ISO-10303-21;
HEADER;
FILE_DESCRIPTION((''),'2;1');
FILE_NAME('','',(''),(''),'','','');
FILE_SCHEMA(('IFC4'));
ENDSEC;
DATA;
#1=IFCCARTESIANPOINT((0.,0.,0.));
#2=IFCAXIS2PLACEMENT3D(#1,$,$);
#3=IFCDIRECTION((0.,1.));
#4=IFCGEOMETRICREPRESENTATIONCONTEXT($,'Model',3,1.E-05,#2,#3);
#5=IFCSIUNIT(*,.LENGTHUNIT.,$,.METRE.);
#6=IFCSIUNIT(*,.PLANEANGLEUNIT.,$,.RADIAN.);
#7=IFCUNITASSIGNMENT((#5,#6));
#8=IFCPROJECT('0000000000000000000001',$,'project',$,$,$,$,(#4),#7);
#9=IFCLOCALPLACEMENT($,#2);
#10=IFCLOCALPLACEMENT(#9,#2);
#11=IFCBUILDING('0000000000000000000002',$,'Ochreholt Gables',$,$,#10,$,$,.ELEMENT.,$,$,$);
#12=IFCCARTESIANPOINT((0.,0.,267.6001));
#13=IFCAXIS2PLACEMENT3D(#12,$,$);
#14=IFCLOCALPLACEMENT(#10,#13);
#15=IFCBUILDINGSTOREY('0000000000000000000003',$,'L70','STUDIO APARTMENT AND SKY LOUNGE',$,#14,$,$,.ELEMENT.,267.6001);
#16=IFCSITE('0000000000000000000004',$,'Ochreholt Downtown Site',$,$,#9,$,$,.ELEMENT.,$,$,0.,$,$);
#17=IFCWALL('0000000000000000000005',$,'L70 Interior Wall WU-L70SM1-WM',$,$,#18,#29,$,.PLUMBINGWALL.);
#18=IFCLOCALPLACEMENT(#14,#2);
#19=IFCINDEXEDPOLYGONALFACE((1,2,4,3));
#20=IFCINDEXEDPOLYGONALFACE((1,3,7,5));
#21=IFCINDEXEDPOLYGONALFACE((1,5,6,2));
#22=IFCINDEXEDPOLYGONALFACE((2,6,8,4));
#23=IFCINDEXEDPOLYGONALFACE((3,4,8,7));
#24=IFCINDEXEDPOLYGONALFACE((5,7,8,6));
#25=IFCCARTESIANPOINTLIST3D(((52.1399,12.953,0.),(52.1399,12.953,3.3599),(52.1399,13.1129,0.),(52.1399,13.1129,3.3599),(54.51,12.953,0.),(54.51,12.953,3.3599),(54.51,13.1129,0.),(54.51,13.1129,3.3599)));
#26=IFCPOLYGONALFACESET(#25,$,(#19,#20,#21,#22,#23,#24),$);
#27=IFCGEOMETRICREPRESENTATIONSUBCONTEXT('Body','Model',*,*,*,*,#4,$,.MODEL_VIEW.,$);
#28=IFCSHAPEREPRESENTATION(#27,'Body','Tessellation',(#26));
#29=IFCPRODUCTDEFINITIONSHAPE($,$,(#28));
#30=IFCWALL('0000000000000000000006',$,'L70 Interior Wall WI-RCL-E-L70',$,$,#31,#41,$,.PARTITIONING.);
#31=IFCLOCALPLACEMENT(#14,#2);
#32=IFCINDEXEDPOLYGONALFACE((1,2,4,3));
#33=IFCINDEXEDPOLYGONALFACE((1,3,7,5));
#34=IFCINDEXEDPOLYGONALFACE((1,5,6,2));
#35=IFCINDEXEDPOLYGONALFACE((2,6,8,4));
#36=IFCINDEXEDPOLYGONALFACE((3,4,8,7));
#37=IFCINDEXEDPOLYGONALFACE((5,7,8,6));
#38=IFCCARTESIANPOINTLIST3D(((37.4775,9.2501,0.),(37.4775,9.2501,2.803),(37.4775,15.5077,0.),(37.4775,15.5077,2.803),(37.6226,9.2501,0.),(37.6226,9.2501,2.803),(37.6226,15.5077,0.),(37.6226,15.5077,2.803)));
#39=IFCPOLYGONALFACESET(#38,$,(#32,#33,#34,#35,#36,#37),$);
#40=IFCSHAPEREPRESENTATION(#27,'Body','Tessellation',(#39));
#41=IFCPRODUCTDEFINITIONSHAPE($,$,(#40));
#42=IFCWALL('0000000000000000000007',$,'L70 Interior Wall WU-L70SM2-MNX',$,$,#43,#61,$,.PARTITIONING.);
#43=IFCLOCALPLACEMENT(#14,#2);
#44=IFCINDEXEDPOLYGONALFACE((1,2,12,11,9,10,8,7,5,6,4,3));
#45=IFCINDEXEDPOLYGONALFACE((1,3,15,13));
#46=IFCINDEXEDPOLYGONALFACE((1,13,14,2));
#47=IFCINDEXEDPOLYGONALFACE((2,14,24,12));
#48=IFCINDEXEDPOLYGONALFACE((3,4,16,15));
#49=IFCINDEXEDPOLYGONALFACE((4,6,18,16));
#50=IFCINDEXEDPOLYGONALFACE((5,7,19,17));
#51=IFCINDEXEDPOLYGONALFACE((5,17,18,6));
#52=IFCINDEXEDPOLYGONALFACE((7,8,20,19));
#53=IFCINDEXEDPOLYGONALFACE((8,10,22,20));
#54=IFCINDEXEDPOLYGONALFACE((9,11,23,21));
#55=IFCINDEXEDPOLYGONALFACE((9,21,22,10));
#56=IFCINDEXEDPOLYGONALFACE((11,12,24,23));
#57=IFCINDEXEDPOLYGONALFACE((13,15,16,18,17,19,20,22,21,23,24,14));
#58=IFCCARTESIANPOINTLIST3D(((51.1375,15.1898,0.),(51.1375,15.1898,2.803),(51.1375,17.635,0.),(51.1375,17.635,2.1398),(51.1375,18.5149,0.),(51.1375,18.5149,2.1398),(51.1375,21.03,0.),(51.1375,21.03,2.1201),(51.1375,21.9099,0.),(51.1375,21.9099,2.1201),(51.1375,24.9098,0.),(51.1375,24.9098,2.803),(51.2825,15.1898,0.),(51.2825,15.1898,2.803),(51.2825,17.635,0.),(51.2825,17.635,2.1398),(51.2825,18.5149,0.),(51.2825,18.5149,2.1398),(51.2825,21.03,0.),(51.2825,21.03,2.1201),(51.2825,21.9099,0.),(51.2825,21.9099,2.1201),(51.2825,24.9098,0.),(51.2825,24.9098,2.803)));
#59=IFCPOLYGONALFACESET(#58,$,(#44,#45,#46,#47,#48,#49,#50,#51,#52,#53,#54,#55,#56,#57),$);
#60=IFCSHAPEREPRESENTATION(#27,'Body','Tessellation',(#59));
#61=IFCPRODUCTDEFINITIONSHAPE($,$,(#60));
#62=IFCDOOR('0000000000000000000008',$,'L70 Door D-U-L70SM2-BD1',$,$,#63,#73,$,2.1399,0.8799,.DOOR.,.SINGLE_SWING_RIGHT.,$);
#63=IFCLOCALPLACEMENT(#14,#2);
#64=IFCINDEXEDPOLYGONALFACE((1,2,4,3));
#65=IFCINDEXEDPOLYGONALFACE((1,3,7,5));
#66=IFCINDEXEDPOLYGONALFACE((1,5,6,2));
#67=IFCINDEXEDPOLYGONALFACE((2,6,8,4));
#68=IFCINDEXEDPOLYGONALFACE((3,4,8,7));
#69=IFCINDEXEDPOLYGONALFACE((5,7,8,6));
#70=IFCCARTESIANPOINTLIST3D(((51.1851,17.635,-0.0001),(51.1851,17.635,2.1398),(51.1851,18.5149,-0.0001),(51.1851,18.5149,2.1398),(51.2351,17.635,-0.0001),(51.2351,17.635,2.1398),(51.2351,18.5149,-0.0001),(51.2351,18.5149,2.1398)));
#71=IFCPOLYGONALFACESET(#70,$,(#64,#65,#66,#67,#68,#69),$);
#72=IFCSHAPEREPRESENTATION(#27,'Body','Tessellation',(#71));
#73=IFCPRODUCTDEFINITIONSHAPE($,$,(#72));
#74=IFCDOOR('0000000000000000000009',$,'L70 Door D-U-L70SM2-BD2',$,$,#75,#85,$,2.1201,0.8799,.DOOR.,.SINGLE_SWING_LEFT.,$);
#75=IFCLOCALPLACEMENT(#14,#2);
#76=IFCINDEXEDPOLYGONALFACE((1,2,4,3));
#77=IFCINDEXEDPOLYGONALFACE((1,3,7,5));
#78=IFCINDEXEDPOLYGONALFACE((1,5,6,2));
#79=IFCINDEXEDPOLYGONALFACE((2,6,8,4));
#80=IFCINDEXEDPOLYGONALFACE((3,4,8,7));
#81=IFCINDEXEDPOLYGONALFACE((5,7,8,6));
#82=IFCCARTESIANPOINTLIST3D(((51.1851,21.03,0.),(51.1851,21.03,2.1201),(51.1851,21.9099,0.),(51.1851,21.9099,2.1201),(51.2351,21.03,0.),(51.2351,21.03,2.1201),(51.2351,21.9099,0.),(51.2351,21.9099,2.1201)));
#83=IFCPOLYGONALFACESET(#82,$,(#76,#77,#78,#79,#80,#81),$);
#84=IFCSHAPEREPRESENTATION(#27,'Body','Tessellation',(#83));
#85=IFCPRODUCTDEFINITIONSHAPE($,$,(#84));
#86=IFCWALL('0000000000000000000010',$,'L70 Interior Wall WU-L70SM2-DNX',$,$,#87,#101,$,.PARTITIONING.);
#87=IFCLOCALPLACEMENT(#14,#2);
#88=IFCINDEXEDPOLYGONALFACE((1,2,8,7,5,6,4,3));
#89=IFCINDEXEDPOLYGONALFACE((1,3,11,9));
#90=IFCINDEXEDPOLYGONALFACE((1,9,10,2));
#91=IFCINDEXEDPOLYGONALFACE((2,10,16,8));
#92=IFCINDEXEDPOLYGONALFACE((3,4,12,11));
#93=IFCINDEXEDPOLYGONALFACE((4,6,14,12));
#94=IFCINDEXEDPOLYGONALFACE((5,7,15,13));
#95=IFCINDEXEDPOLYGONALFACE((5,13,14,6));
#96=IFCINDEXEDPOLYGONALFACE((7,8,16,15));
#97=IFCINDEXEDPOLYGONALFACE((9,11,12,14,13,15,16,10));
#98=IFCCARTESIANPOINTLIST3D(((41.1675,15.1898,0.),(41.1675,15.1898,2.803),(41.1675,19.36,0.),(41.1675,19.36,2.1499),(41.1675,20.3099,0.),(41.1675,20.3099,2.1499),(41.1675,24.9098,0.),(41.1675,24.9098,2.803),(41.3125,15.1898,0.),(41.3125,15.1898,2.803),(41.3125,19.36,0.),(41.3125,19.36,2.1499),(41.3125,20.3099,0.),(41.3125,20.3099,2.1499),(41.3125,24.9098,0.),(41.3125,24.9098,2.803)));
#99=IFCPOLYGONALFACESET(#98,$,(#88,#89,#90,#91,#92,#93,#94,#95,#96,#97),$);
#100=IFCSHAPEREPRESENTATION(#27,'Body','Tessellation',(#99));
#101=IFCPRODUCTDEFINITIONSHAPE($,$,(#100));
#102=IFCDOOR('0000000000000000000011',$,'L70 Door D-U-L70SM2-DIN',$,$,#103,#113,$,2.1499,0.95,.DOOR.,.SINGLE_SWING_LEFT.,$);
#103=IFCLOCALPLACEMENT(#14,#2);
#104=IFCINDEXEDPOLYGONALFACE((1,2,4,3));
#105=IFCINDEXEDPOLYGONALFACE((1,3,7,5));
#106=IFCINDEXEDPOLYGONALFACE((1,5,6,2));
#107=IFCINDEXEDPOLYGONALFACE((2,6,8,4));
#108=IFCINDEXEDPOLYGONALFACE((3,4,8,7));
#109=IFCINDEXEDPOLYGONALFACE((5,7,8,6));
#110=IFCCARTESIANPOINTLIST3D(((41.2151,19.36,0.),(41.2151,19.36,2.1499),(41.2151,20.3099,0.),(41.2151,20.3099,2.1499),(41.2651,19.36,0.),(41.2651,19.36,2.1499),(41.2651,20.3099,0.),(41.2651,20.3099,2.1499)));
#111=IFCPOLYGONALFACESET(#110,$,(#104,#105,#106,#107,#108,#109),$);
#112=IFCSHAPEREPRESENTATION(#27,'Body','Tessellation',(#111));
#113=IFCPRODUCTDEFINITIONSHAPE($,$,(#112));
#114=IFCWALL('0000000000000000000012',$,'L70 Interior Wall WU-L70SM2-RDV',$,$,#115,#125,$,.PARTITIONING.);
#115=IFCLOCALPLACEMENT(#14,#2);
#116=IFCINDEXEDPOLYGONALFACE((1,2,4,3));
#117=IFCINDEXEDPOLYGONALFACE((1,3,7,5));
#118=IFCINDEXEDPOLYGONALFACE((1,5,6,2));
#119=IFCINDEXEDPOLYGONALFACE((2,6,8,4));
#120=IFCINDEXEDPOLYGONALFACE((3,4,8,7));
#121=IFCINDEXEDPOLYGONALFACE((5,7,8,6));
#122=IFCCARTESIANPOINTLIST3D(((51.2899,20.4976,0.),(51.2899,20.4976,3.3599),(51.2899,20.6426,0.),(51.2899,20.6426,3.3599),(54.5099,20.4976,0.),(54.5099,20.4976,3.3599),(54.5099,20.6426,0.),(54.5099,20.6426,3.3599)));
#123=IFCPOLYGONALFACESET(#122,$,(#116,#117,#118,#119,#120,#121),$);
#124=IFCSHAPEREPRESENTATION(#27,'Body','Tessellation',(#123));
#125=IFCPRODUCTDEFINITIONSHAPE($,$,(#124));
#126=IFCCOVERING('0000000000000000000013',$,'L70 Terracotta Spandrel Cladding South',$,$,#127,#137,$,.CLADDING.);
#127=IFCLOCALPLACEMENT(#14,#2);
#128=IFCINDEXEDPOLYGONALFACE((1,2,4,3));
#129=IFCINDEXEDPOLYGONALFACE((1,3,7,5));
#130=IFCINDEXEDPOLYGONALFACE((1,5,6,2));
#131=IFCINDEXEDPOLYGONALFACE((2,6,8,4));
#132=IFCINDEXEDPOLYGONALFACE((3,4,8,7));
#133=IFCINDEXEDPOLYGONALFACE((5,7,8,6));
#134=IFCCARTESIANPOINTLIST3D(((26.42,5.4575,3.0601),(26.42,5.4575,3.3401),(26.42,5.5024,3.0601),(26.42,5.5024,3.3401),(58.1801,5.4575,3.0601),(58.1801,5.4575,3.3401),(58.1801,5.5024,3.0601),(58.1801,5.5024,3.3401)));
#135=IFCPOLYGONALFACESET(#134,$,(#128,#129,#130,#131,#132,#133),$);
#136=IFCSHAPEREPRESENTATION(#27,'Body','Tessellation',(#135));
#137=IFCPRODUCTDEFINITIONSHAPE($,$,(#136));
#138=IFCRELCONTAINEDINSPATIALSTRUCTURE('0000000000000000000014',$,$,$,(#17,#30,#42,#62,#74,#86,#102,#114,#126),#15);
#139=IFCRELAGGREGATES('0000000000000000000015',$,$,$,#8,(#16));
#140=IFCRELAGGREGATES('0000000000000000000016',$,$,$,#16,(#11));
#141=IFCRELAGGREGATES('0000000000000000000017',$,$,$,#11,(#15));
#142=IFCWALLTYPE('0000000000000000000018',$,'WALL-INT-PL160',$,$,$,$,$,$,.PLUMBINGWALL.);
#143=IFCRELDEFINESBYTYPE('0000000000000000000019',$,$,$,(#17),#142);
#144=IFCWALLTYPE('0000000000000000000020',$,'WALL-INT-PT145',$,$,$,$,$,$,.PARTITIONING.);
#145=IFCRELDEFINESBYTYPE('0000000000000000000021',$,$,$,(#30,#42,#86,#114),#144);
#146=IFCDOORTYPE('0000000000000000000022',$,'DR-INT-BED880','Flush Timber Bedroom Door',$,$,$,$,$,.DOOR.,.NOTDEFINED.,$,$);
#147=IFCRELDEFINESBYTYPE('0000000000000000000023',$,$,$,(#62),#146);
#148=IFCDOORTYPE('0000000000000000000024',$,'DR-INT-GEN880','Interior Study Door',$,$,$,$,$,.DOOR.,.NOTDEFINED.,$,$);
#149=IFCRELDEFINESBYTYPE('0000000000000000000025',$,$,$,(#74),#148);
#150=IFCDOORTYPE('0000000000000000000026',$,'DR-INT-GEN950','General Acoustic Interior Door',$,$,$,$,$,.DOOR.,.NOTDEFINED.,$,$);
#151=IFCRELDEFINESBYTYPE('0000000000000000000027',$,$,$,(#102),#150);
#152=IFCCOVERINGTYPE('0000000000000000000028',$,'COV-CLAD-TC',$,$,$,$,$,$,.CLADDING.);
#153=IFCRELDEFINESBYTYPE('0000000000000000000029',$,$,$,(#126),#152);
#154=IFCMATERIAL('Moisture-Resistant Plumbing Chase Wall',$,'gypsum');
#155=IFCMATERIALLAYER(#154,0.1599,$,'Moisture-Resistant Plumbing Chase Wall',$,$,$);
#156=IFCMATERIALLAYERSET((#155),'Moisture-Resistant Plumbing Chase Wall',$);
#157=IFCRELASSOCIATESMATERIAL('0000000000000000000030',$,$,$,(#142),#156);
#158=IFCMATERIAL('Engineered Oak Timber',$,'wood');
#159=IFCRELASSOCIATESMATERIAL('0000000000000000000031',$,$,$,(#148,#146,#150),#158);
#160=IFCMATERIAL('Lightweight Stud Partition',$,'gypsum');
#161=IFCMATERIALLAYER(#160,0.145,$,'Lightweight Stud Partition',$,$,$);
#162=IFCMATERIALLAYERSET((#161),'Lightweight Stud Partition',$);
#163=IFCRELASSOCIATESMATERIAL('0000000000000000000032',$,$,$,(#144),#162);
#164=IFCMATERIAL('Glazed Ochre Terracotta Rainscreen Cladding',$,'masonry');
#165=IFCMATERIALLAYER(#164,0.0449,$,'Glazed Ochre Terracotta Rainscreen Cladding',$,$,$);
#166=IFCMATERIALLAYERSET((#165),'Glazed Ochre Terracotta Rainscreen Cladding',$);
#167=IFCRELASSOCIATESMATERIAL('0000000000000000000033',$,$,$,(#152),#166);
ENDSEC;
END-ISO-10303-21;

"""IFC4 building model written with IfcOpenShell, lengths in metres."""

from ifc_helpers import new_model, si_unit, direction, frame, frame_2d, origin, origin_2d, place, context, subcontext, project, spatial, rectangle, extrude, material, layer, layer_set, type_object, element, fill, save


model = new_model("IFC4")

# Units and contexts
model_context = context("Model", 3, precision=1e-05, world=origin(), true_north=direction((0.0, 1.0)))
body_context = subcontext(model_context, "Body", "Model", "MODEL_VIEW")
ifc_project = project(units=[si_unit("LENGTHUNIT", "METRE"), si_unit("PLANEANGLEUNIT", "RADIAN")], contexts=[model_context])

# Site, building, storey
site_placement = place(None, origin())
site = spatial("IfcSite", under=ifc_project, at=site_placement, Name="Ochreholt Downtown Site", CompositionType="ELEMENT", RefElevation=0.0)
building_placement = place(site_placement, origin())
building = spatial("IfcBuilding", under=site, at=building_placement, Name="Ochreholt Gables", CompositionType="ELEMENT")
storey_placement = place(building_placement, frame((0.0, 0.0, 267.6001)))
storey = spatial("IfcBuildingStorey", under=building, at=storey_placement, Name="L70", Description="STUDIO APARTMENT AND SKY LOUNGE", CompositionType="ELEMENT", Elevation=267.6001)

# Shared definitions
ifc_material_1 = material(Name="Engineered Oak Timber", Category="wood")

# Shared definitions
ifc_material_2 = material(Name="Moisture-Resistant Plumbing Chase Wall", Category="gypsum")
ifc_layer_1 = layer(ifc_material_2, 0.1599, Name="Moisture-Resistant Plumbing Chase Wall")
ifc_layer_set_1 = layer_set([ifc_layer_1], Name="Moisture-Resistant Plumbing Chase Wall")
wall_type_1 = type_object("IfcWallType", Name="WALL-INT-PL160", PredefinedType="PLUMBINGWALL", material=ifc_layer_set_1)

# Shared definitions
door_type_1 = type_object("IfcDoorType", Name="DR-INT-GEN880", Description="Interior Study Door", OperationType="NOTDEFINED", PredefinedType="DOOR", material=ifc_material_1)

# Walls
wall_1_placement = place(storey_placement, frame((52.1399, 13.033, 0.0), z_axis=(0.0, 0.0, 1.0), x_axis=(1.0, 0.0, 0.0)))
element("IfcWall", 1, at=wall_1_placement, inside=storey, type_object=wall_type_1, Name="L70 Interior Wall WU-L70SM1-WM", PredefinedType="PLUMBINGWALL", context=body_context, shape_type="SweptSolid", body=[
    extrude(rectangle(XDim=2.3701, YDim=0.1599, at=frame_2d((1.1851, 0.0))), origin(), (0.0, 0.0, 1.0), 3.3599),
])
ifc_material_3 = material(Name="Lightweight Stud Partition", Category="gypsum")
ifc_layer_2 = layer(ifc_material_3, 0.145, Name="Lightweight Stud Partition")
ifc_layer_set_2 = layer_set([ifc_layer_2], Name="Lightweight Stud Partition")
wall_type_2 = type_object("IfcWallType", Name="WALL-INT-PT145", PredefinedType="PARTITIONING", material=ifc_layer_set_2)
wall_2_placement = place(storey_placement, frame((37.55, 9.25, 0.0), z_axis=(0.0, 0.0, 1.0), x_axis=(0.0, 1.0, 0.0)))
element("IfcWall", 2, at=wall_2_placement, inside=storey, type_object=wall_type_2, Name="L70 Interior Wall WI-RCL-E-L70", PredefinedType="PARTITIONING", context=body_context, shape_type="SweptSolid", body=[
    extrude(rectangle(XDim=6.2576, YDim=0.145, at=frame_2d((3.1289, 0.0))), origin(), (0.0, 0.0, 1.0), 2.803),
])

# Wall, openings, doors
wall_3_placement = place(storey_placement, frame((51.21, 15.1899, 0.0), z_axis=(0.0, 0.0, 1.0), x_axis=(0.0, 1.0, 0.0)))
wall_3 = element("IfcWall", 3, at=wall_3_placement, inside=storey, type_object=wall_type_2, Name="L70 Interior Wall WU-L70SM2-MNX", PredefinedType="PARTITIONING", context=body_context, shape_type="SweptSolid", body=[
    extrude(rectangle(XDim=9.72, YDim=0.145, at=frame_2d((4.8599, 0.0))), origin(), (0.0, 0.0, 1.0), 2.803),
])
opening_1_placement = place(wall_3_placement, frame((2.4451, 0.0, 0.0)))
opening_1 = element("IfcOpeningElement", 4, at=opening_1_placement, cuts=wall_3, PredefinedType="OPENING", context=body_context, shape_type="SweptSolid", body=[
    extrude(rectangle(XDim=0.8799, YDim=2.1399, at=frame_2d((0.4399, 1.0698))), frame((0.0, 0.0825, 0.0), z_axis=(0.0, -1.0, 0.0), x_axis=(1.0, 0.0, 0.0)), (0.0, 0.0, 1.0), 0.165),
])
opening_2_placement = place(wall_3_placement, frame((5.8401, 0.0, 0.0)))
opening_2 = element("IfcOpeningElement", 5, at=opening_2_placement, cuts=wall_3, PredefinedType="OPENING", context=body_context, shape_type="SweptSolid", body=[
    extrude(rectangle(XDim=0.8799, YDim=2.1201, at=frame_2d((0.4399, 1.0601))), frame((0.0, 0.0825, 0.0), z_axis=(0.0, -1.0, 0.0), x_axis=(1.0, 0.0, 0.0)), (0.0, 0.0, 1.0), 0.165),
])
door_type_2 = type_object("IfcDoorType", Name="DR-INT-BED880", Description="Flush Timber Bedroom Door", OperationType="NOTDEFINED", PredefinedType="DOOR", material=ifc_material_1)
door_1_placement = place(opening_1_placement, origin())
door_1 = element("IfcDoor", 6, at=door_1_placement, inside=storey, type_object=door_type_2, Name="L70 Door D-U-L70SM2-BD1", OperationType="SINGLE_SWING_RIGHT", OverallHeight=2.1399, OverallWidth=0.8799, PredefinedType="DOOR", context=body_context, shape_type="SweptSolid", body=[
    extrude(rectangle(XDim=0.8799, YDim=2.1399, at=frame_2d((0.4399, 1.0698))), frame((0.0, 0.0249, 0.0), z_axis=(0.0, -1.0, 0.0), x_axis=(1.0, 0.0, 0.0)), (0.0, 0.0, 1.0), 0.05),
])
fill(opening_1, door_1)
door_2_placement = place(opening_2_placement, origin())
door_2 = element("IfcDoor", 7, at=door_2_placement, inside=storey, type_object=door_type_1, Name="L70 Door D-U-L70SM2-BD2", OperationType="SINGLE_SWING_LEFT", OverallHeight=2.1201, OverallWidth=0.8799, PredefinedType="DOOR", context=body_context, shape_type="SweptSolid", body=[
    extrude(rectangle(XDim=0.8799, YDim=2.1201, at=frame_2d((0.4399, 1.0601))), frame((0.0, 0.0249, 0.0), z_axis=(0.0, -1.0, 0.0), x_axis=(1.0, 0.0, 0.0)), (0.0, 0.0, 1.0), 0.05),
])
fill(opening_2, door_2)

# Wall, opening, door
wall_4_placement = place(storey_placement, frame((41.24, 15.1899, 0.0), z_axis=(0.0, 0.0, 1.0), x_axis=(0.0, 1.0, 0.0)))
wall_4 = element("IfcWall", 8, at=wall_4_placement, inside=storey, type_object=wall_type_2, Name="L70 Interior Wall WU-L70SM2-DNX", PredefinedType="PARTITIONING", context=body_context, shape_type="SweptSolid", body=[
    extrude(rectangle(XDim=9.72, YDim=0.145, at=frame_2d((4.8599, 0.0))), origin(), (0.0, 0.0, 1.0), 2.803),
])
opening_3_placement = place(wall_4_placement, frame((4.1699, 0.0, 0.0)))
opening_3 = element("IfcOpeningElement", 9, at=opening_3_placement, cuts=wall_4, PredefinedType="OPENING", context=body_context, shape_type="SweptSolid", body=[
    extrude(rectangle(XDim=0.95, YDim=2.1499, at=frame_2d((0.4751, 1.075))), frame((0.0, 0.0825, 0.0), z_axis=(0.0, -1.0, 0.0), x_axis=(1.0, 0.0, 0.0)), (0.0, 0.0, 1.0), 0.165),
])
door_type_3 = type_object("IfcDoorType", Name="DR-INT-GEN950", Description="General Acoustic Interior Door", OperationType="NOTDEFINED", PredefinedType="DOOR", material=ifc_material_1)
door_3_placement = place(opening_3_placement, origin())
door_3 = element("IfcDoor", 10, at=door_3_placement, inside=storey, type_object=door_type_3, Name="L70 Door D-U-L70SM2-DIN", OperationType="SINGLE_SWING_LEFT", OverallHeight=2.1499, OverallWidth=0.95, PredefinedType="DOOR", context=body_context, shape_type="SweptSolid", body=[
    extrude(rectangle(XDim=0.95, YDim=2.1499, at=frame_2d((0.4751, 1.075))), frame((0.0, 0.0249, 0.0), z_axis=(0.0, -1.0, 0.0), x_axis=(1.0, 0.0, 0.0)), (0.0, 0.0, 1.0), 0.05),
])
fill(opening_3, door_3)

# Wall
wall_5_placement = place(storey_placement, frame((51.29, 20.5701, 0.0), z_axis=(0.0, 0.0, 1.0), x_axis=(1.0, 0.0, 0.0)))
element("IfcWall", 11, at=wall_5_placement, inside=storey, type_object=wall_type_2, Name="L70 Interior Wall WU-L70SM2-RDV", PredefinedType="PARTITIONING", context=body_context, shape_type="SweptSolid", body=[
    extrude(rectangle(XDim=3.22, YDim=0.145, at=frame_2d((1.6099, 0.0))), origin(), (0.0, 0.0, 1.0), 3.3599),
])

# Covering
ifc_material_4 = material(Name="Glazed Ochre Terracotta Rainscreen Cladding", Category="masonry")
ifc_layer_3 = layer(ifc_material_4, 0.0449, Name="Glazed Ochre Terracotta Rainscreen Cladding")
ifc_layer_set_3 = layer_set([ifc_layer_3], Name="Glazed Ochre Terracotta Rainscreen Cladding")
covering_type = type_object("IfcCoveringType", Name="COV-CLAD-TC", PredefinedType="CLADDING", material=ifc_layer_set_3)
covering_placement = place(storey_placement, frame((42.3, 5.48, 3.0601), z_axis=(0.0, 0.0, 1.0), x_axis=(1.0, 0.0, 0.0)))
element("IfcCovering", 12, at=covering_placement, inside=storey, type_object=covering_type, Name="L70 Terracotta Spandrel Cladding South", PredefinedType="CLADDING", context=body_context, shape_type="SweptSolid", body=[
    extrude(rectangle(XDim=31.76, YDim=0.0449, at=origin_2d()), origin(), (0.0, 0.0, 1.0), 0.28),
])

save(model, "model.ifc")
